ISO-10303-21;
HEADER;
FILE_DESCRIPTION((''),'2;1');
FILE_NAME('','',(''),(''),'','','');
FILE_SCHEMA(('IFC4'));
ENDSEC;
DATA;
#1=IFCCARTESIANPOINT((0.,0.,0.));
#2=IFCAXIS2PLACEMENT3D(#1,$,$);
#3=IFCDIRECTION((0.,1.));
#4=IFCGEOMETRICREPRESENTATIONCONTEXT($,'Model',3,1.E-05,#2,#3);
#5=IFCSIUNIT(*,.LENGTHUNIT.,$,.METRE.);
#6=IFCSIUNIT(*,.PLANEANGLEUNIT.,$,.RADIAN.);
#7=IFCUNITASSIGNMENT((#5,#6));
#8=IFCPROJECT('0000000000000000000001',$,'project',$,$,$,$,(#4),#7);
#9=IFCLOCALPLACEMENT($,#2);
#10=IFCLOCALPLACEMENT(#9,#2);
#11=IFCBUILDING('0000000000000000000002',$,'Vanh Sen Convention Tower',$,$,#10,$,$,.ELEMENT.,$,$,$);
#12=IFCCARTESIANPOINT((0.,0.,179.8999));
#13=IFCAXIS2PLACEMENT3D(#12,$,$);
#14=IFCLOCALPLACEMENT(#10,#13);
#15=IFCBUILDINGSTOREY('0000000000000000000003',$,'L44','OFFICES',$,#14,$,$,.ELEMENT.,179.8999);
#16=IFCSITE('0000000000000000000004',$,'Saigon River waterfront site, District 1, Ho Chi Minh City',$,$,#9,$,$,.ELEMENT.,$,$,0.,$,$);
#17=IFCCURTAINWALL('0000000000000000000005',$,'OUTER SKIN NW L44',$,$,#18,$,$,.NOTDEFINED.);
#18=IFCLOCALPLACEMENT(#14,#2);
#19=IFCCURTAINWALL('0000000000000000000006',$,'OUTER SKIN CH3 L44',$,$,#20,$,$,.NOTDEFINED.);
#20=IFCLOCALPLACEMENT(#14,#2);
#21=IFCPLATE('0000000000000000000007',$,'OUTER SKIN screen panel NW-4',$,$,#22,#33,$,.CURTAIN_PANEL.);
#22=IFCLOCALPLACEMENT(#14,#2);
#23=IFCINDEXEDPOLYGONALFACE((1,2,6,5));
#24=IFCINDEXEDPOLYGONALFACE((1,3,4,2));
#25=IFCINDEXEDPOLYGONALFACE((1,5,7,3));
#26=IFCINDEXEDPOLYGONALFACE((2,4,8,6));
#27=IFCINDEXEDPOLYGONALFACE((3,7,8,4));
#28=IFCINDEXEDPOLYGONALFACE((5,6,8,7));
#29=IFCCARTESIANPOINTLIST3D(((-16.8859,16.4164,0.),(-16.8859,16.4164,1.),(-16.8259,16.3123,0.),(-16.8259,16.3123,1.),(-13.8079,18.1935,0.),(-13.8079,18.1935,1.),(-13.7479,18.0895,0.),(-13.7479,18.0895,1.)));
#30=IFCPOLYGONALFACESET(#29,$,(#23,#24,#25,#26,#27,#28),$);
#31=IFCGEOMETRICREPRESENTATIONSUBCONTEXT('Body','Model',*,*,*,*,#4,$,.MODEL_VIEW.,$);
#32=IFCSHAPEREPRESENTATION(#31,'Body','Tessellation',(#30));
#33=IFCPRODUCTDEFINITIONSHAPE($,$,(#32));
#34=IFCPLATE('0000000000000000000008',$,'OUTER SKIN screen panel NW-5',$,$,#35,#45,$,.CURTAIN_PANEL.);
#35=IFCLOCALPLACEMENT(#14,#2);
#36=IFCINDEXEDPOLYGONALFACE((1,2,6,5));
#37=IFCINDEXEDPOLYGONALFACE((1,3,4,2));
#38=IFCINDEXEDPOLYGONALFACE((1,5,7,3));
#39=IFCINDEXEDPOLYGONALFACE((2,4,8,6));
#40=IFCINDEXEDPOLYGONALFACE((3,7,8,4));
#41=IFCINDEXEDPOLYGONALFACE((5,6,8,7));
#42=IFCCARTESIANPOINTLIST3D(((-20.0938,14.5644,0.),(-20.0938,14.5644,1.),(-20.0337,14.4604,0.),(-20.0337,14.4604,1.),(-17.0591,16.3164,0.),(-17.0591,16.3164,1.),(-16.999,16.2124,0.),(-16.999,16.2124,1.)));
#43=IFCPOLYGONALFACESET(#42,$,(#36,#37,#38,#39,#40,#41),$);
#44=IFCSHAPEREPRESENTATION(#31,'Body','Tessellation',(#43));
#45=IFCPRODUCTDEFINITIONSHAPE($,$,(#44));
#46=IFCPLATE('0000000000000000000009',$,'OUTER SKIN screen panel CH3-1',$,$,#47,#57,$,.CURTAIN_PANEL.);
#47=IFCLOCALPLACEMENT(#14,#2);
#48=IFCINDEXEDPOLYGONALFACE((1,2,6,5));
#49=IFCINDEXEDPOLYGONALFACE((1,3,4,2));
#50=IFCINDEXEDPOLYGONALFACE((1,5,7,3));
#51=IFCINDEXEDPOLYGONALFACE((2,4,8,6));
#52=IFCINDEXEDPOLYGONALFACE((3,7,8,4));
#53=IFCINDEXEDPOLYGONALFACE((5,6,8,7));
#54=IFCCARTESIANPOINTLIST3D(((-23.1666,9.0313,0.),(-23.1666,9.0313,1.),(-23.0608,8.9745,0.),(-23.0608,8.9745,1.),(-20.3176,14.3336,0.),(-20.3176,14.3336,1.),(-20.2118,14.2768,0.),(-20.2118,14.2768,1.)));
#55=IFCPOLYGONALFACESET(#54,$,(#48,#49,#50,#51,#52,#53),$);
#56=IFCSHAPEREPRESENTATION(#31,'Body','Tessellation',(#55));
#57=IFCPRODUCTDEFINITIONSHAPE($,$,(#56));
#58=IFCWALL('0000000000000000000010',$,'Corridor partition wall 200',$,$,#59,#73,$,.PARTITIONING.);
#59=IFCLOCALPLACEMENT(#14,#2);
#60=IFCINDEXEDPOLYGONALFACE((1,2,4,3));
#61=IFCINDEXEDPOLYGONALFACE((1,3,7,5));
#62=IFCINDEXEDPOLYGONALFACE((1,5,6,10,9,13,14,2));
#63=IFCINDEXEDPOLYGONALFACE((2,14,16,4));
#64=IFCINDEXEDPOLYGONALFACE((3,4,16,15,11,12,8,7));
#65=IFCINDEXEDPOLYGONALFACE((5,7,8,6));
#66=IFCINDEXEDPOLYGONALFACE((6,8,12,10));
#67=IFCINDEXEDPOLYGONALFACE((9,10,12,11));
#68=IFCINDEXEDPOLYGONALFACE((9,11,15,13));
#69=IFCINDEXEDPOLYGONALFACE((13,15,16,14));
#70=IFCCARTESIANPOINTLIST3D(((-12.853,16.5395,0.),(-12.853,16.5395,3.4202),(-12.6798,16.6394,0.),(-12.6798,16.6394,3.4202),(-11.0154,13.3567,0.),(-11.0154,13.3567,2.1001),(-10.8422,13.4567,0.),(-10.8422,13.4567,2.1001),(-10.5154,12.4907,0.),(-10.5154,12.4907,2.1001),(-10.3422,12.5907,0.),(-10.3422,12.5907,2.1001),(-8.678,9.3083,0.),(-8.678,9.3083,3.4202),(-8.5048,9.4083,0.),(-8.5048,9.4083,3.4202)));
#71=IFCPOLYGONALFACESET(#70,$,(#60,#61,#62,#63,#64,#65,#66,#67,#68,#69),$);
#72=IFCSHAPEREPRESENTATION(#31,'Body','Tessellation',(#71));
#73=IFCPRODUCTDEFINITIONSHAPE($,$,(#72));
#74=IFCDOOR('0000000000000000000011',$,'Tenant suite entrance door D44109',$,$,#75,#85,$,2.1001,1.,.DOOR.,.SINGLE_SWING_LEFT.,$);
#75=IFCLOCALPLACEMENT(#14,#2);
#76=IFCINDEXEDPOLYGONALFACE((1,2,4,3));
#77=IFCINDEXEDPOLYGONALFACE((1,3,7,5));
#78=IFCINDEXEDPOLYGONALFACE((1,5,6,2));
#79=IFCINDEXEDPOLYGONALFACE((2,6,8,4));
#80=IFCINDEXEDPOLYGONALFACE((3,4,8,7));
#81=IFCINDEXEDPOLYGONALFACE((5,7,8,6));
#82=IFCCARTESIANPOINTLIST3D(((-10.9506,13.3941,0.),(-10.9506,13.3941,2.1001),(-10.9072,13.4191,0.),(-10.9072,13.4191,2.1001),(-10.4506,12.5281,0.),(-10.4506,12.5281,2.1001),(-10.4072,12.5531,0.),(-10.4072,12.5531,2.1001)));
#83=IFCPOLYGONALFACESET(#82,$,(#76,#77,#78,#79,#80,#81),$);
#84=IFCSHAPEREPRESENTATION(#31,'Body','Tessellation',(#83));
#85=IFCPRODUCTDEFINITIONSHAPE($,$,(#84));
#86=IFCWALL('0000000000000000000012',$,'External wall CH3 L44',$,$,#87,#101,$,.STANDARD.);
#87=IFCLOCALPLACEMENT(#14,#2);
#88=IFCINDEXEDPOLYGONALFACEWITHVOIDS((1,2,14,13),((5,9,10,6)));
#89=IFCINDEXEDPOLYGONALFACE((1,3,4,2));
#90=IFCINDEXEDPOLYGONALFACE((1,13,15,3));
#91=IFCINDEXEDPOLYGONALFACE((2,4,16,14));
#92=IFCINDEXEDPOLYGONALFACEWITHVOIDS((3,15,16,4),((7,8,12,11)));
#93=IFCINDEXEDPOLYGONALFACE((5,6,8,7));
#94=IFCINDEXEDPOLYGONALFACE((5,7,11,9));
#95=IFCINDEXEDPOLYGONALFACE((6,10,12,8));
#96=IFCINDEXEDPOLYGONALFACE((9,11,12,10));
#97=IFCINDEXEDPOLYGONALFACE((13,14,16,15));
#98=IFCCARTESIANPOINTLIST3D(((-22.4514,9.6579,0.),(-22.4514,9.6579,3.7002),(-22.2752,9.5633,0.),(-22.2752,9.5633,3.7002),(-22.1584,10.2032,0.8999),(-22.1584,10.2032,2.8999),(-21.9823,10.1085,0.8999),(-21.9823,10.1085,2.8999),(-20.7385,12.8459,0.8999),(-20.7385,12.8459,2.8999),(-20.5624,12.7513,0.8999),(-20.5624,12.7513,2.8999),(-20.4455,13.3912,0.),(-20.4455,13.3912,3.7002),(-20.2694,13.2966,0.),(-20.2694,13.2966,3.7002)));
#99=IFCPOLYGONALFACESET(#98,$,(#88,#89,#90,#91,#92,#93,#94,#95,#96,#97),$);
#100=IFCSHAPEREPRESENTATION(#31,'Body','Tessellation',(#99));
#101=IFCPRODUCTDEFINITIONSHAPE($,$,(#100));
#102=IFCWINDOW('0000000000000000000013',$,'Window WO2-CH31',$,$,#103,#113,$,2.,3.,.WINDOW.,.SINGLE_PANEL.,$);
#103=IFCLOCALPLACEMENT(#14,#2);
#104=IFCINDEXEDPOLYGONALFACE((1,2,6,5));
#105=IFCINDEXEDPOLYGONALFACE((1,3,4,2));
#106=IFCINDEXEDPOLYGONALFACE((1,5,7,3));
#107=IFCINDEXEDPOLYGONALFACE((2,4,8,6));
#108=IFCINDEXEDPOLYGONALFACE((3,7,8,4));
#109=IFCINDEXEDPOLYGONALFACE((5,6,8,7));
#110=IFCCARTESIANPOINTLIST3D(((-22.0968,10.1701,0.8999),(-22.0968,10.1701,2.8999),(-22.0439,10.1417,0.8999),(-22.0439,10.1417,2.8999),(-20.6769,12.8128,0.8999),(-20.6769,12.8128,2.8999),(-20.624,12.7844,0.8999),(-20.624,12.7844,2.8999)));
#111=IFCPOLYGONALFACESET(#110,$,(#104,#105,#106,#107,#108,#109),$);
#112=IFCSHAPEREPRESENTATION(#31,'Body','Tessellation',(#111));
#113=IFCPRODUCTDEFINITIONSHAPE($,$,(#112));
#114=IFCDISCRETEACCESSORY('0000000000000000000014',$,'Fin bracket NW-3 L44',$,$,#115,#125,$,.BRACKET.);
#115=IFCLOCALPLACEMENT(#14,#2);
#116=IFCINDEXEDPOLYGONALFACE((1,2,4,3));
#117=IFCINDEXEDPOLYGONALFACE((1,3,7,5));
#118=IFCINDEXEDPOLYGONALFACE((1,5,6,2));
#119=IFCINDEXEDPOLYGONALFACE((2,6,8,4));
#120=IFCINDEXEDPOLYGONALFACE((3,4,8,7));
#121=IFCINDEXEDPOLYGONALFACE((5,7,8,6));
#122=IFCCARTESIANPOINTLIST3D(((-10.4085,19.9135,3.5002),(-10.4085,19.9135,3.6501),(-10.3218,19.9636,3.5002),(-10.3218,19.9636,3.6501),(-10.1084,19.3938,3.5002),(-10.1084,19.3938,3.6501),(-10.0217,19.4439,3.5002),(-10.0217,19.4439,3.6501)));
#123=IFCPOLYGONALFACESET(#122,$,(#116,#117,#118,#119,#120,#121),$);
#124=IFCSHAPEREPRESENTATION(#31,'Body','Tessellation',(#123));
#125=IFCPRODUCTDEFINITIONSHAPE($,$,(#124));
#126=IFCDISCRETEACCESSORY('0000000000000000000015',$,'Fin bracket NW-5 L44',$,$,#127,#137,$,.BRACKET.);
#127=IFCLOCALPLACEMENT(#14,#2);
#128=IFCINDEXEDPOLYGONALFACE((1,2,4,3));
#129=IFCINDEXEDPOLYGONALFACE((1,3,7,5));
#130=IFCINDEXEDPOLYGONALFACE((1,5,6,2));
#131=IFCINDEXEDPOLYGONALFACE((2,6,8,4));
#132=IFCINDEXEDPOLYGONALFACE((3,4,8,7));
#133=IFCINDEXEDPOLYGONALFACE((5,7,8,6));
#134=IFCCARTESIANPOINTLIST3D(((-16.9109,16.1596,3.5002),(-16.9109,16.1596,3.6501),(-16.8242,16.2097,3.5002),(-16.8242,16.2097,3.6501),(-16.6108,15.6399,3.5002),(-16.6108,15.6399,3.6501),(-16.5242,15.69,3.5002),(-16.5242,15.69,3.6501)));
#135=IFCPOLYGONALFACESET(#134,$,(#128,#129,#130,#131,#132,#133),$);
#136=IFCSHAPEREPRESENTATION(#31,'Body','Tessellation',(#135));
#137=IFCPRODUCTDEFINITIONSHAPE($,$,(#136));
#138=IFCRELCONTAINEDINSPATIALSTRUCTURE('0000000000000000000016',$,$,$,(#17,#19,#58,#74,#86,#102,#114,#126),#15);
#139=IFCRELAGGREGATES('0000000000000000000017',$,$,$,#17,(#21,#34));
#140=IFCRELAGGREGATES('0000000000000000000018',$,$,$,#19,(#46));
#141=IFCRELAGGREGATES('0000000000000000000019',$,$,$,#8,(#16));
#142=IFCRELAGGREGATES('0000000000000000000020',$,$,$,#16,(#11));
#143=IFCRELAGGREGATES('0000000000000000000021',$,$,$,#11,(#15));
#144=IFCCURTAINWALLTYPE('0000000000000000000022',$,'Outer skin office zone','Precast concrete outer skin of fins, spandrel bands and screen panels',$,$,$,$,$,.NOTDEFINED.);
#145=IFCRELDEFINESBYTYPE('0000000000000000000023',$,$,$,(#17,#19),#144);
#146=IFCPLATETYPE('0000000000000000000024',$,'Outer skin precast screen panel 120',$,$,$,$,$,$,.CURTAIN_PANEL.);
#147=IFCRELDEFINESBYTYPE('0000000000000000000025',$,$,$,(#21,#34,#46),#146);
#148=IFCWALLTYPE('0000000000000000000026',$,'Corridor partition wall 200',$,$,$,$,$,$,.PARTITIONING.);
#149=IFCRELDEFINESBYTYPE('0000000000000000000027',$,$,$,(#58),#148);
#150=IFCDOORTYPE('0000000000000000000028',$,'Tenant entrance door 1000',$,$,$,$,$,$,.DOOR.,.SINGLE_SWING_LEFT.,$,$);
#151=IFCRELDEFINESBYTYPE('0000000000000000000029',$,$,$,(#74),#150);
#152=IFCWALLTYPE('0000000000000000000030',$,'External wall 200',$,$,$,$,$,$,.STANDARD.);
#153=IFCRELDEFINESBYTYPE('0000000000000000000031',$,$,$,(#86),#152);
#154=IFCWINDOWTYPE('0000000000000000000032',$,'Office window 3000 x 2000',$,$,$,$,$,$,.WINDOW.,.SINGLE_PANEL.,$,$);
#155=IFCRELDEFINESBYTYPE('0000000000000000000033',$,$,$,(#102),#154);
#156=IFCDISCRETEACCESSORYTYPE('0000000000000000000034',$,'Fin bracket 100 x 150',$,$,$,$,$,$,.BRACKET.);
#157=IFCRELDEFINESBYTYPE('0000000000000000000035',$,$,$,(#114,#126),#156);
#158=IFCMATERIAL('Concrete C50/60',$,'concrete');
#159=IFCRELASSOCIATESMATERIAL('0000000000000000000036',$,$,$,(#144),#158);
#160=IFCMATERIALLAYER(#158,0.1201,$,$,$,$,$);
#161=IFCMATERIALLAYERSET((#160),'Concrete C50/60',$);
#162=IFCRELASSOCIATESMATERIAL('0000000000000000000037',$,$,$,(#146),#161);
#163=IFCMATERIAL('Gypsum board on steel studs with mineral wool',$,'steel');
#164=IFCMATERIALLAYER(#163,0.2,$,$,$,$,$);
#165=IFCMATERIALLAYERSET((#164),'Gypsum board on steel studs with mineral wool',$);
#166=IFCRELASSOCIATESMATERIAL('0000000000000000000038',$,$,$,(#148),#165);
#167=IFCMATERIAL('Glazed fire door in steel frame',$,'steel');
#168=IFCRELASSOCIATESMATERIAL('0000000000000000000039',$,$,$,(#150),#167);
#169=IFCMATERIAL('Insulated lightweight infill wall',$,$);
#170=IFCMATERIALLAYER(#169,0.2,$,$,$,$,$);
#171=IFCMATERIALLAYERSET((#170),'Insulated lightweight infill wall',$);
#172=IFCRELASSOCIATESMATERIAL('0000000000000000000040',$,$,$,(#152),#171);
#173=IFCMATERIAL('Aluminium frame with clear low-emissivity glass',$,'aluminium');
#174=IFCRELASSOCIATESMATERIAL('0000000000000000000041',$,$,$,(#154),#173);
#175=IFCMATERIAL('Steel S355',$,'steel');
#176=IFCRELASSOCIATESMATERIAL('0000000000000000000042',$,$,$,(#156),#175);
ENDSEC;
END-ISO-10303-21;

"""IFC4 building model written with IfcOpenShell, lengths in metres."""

from ifc_helpers import new_model, si_unit, direction, frame, frame_2d, origin, origin_2d, place, context, subcontext, project, spatial, rectangle, extrude, material, layer, layer_set, type_object, element, fill, aggregate, save


model = new_model("IFC4")

# Units and contexts
model_context = context("Model", 3, precision=1e-05, world=origin(), true_north=direction((0.0, 1.0)))
body_context = subcontext(model_context, "Body", "Model", "MODEL_VIEW")
ifc_project = project(units=[si_unit("LENGTHUNIT", "METRE"), si_unit("PLANEANGLEUNIT", "RADIAN")], contexts=[model_context])

# Site, building, storey
site_placement = place(None, origin())
site = spatial("IfcSite", under=ifc_project, at=site_placement, Name="Saigon River waterfront site, District 1, Ho Chi Minh City", CompositionType="ELEMENT", RefElevation=0.0)
building_placement = place(site_placement, origin())
building = spatial("IfcBuilding", under=site, at=building_placement, Name="Vanh Sen Convention Tower", CompositionType="ELEMENT")
storey_placement = place(building_placement, frame((0.0, 0.0, 179.8999)))
storey = spatial("IfcBuildingStorey", under=building, at=storey_placement, Name="L44", Description="OFFICES", CompositionType="ELEMENT", Elevation=179.8999)

# Curtain wall
ifc_material_1 = material(Name="Concrete C50/60", Category="concrete")
curtain_wall_type = type_object("IfcCurtainWallType", Name="Outer skin office zone", Description="Precast concrete outer skin of fins, spandrel bands and screen panels", PredefinedType="NOTDEFINED", material=ifc_material_1)
curtain_wall_1_placement = place(storey_placement, origin())
curtain_wall_1 = element("IfcCurtainWall", 1, at=curtain_wall_1_placement, inside=storey, type_object=curtain_wall_type, Name="OUTER SKIN NW L44", PredefinedType="NOTDEFINED")

# Curtain wall
curtain_wall_2_placement = place(storey_placement, origin())
curtain_wall_2 = element("IfcCurtainWall", 2, at=curtain_wall_2_placement, inside=storey, type_object=curtain_wall_type, Name="OUTER SKIN CH3 L44", PredefinedType="NOTDEFINED")

# Plates
ifc_layer_1 = layer(ifc_material_1, 0.1201)
ifc_layer_set_1 = layer_set([ifc_layer_1], Name="Concrete C50/60")
plate_type = type_object("IfcPlateType", Name="Outer skin precast screen panel 120", PredefinedType="CURTAIN_PANEL", material=ifc_layer_set_1)
plate_1_placement = place(storey_placement, frame((-15.3169, 17.2529, 0.0), z_axis=(0.0, 0.0, 1.0), x_axis=(-0.866017, -0.500015, 0.0)))
plate_1 = element("IfcPlate", 3, at=plate_1_placement, type_object=plate_type, Name="OUTER SKIN screen panel NW-4", PredefinedType="CURTAIN_PANEL", context=body_context, shape_type="SweptSolid", body=[
    extrude(rectangle(XDim=3.5542, YDim=0.1201, at=origin_2d()), origin(), (0.0, 0.0, 1.0), 1.0),
])
plate_2_placement = place(storey_placement, frame((-18.5464, 15.3884, 0.0), z_axis=(0.0, 0.0, 1.0), x_axis=(-0.866035, -0.499983, 0.0)))
plate_2 = element("IfcPlate", 4, at=plate_2_placement, type_object=plate_type, Name="OUTER SKIN screen panel NW-5", PredefinedType="CURTAIN_PANEL", context=body_context, shape_type="SweptSolid", body=[
    extrude(rectangle(XDim=3.5042, YDim=0.1201, at=origin_2d()), origin(), (0.0, 0.0, 1.0), 1.0),
])
aggregate(curtain_wall_1, [plate_1, plate_2])
plate_3_placement = place(storey_placement, frame((-21.6892, 11.6541, 0.0), z_axis=(0.0, 0.0, 1.0), x_axis=(-0.473318, -0.880892, 0.0)))
plate_3 = element("IfcPlate", 5, at=plate_3_placement, type_object=plate_type, Name="OUTER SKIN screen panel CH3-1", PredefinedType="CURTAIN_PANEL", context=body_context, shape_type="SweptSolid", body=[
    extrude(rectangle(XDim=6.0193, YDim=0.1201, at=origin_2d()), origin(), (0.0, 0.0, 1.0), 1.0),
])
aggregate(curtain_wall_2, [plate_3])

# Wall, opening, door
ifc_material_2 = material(Name="Gypsum board on steel studs with mineral wool", Category="steel")
ifc_layer_2 = layer(ifc_material_2, 0.2)
ifc_layer_set_2 = layer_set([ifc_layer_2], Name="Gypsum board on steel studs with mineral wool")
wall_type_1 = type_object("IfcWallType", Name="Corridor partition wall 200", PredefinedType="PARTITIONING", material=ifc_layer_set_2)
wall_1_placement = place(storey_placement, frame((-12.7664, 16.5894, 0.0), z_axis=(0.0, 0.0, 1.0), x_axis=(0.50001, -0.86602, 0.0)))
wall_1 = element("IfcWall", 6, at=wall_1_placement, inside=storey, type_object=wall_type_1, Name="Corridor partition wall 200", PredefinedType="PARTITIONING", context=body_context, shape_type="SweptSolid", body=[
    extrude(rectangle(XDim=8.3499, YDim=0.2, at=frame_2d((4.1748, 0.0))), origin(), (0.0, 0.0, 1.0), 3.4202),
])
opening_1_placement = place(wall_1_placement, frame((3.675, 0.0, 0.0)))
opening_1 = element("IfcOpeningElement", 7, at=opening_1_placement, cuts=wall_1, PredefinedType="OPENING", context=body_context, shape_type="SweptSolid", body=[
    extrude(rectangle(XDim=1.0, YDim=2.1001, at=frame_2d((0.5, 1.05))), frame((0.0, 0.1099, 0.0), z_axis=(0.0, -1.0, 0.0), x_axis=(1.0, 0.0, 0.0)), (0.0, 0.0, 1.0), 0.22),
])
ifc_material_3 = material(Name="Glazed fire door in steel frame", Category="steel")
door_type = type_object("IfcDoorType", Name="Tenant entrance door 1000", OperationType="SINGLE_SWING_LEFT", PredefinedType="DOOR", material=ifc_material_3)
door_placement = place(opening_1_placement, origin())
door = element("IfcDoor", 8, at=door_placement, inside=storey, type_object=door_type, Name="Tenant suite entrance door D44109", OperationType="SINGLE_SWING_LEFT", OverallHeight=2.1001, OverallWidth=1.0, PredefinedType="DOOR", context=body_context, shape_type="SweptSolid", body=[
    extrude(rectangle(XDim=1.0, YDim=2.1001, at=frame_2d((0.5, 1.05))), frame((0.0, 0.0249, 0.0), z_axis=(0.0, -1.0, 0.0), x_axis=(1.0, 0.0, 0.0)), (0.0, 0.0, 1.0), 0.05),
])
fill(opening_1, door)

# Wall, opening, window
ifc_material_4 = material(Name="Insulated lightweight infill wall")
ifc_layer_3 = layer(ifc_material_4, 0.2)
ifc_layer_set_3 = layer_set([ifc_layer_3], Name="Insulated lightweight infill wall")
wall_type_2 = type_object("IfcWallType", Name="External wall 200", PredefinedType="STANDARD", material=ifc_layer_set_3)
wall_2_placement = place(storey_placement, frame((-20.3574, 13.344, 0.0), z_axis=(0.0, 0.0, 1.0), x_axis=(-0.473289, -0.880907, 0.0)))
wall_2 = element("IfcWall", 9, at=wall_2_placement, inside=storey, type_object=wall_type_2, Name="External wall CH3 L44", PredefinedType="STANDARD", context=body_context, shape_type="SweptSolid", body=[
    extrude(rectangle(XDim=4.238, YDim=0.2, at=frame_2d((2.1191, 0.0))), origin(), (0.0, 0.0, 1.0), 3.7002),
])
opening_2_placement = place(wall_2_placement, frame((0.6191, 0.0, 0.8999)))
opening_2 = element("IfcOpeningElement", 10, at=opening_2_placement, cuts=wall_2, PredefinedType="OPENING", context=body_context, shape_type="SweptSolid", body=[
    extrude(rectangle(XDim=3.0, YDim=2.0, at=frame_2d((1.5, 1.0))), frame((0.0, 0.1099, 0.0), z_axis=(0.0, -1.0, 0.0), x_axis=(1.0, 0.0, 0.0)), (0.0, 0.0, 1.0), 0.22),
])
ifc_material_5 = material(Name="Aluminium frame with clear low-emissivity glass", Category="aluminium")
window_type = type_object("IfcWindowType", Name="Office window 3000 x 2000", PartitioningType="SINGLE_PANEL", PredefinedType="WINDOW", material=ifc_material_5)
window_placement = place(opening_2_placement, origin())
window = element("IfcWindow", 11, at=window_placement, inside=storey, type_object=window_type, Name="Window WO2-CH31", OverallHeight=2.0, OverallWidth=3.0, PartitioningType="SINGLE_PANEL", PredefinedType="WINDOW", context=body_context, shape_type="SweptSolid", body=[
    extrude(rectangle(XDim=3.0, YDim=2.0, at=frame_2d((1.5, 1.0))), frame((0.0, 0.03, 0.0), z_axis=(0.0, -1.0, 0.0), x_axis=(1.0, 0.0, 0.0)), (0.0, 0.0, 1.0), 0.0601),
])
fill(opening_2, window)

# Discrete accessories
ifc_material_6 = material(Name="Steel S355", Category="steel")
discrete_accessory_type = type_object("IfcDiscreteAccessoryType", Name="Fin bracket 100 x 150", PredefinedType="BRACKET", material=ifc_material_6)
for number, where, z_axis, x_axis, name in (
    (12, (-10.2151, 19.6787, 3.5002), (0.0, 0.0, 1.0), (-0.5, 0.866025, 0.0), "Fin bracket NW-3 L44"),
    (13, (-16.7175, 15.9248, 3.5002), (0.0, 0.0, 1.0), (-0.5, 0.866025, 0.0), "Fin bracket NW-5 L44"),
):
    element("IfcDiscreteAccessory", number, at=place(storey_placement, frame(where, z_axis=z_axis, x_axis=x_axis)), inside=storey, type_object=discrete_accessory_type, Name=name, PredefinedType="BRACKET", context=body_context, shape_type="SweptSolid", body=[
        extrude(rectangle(XDim=0.6001, YDim=0.1001, at=origin_2d()), origin(), (0.0, 0.0, 1.0), 0.1499),
    ])

save(model, "model.ifc")
